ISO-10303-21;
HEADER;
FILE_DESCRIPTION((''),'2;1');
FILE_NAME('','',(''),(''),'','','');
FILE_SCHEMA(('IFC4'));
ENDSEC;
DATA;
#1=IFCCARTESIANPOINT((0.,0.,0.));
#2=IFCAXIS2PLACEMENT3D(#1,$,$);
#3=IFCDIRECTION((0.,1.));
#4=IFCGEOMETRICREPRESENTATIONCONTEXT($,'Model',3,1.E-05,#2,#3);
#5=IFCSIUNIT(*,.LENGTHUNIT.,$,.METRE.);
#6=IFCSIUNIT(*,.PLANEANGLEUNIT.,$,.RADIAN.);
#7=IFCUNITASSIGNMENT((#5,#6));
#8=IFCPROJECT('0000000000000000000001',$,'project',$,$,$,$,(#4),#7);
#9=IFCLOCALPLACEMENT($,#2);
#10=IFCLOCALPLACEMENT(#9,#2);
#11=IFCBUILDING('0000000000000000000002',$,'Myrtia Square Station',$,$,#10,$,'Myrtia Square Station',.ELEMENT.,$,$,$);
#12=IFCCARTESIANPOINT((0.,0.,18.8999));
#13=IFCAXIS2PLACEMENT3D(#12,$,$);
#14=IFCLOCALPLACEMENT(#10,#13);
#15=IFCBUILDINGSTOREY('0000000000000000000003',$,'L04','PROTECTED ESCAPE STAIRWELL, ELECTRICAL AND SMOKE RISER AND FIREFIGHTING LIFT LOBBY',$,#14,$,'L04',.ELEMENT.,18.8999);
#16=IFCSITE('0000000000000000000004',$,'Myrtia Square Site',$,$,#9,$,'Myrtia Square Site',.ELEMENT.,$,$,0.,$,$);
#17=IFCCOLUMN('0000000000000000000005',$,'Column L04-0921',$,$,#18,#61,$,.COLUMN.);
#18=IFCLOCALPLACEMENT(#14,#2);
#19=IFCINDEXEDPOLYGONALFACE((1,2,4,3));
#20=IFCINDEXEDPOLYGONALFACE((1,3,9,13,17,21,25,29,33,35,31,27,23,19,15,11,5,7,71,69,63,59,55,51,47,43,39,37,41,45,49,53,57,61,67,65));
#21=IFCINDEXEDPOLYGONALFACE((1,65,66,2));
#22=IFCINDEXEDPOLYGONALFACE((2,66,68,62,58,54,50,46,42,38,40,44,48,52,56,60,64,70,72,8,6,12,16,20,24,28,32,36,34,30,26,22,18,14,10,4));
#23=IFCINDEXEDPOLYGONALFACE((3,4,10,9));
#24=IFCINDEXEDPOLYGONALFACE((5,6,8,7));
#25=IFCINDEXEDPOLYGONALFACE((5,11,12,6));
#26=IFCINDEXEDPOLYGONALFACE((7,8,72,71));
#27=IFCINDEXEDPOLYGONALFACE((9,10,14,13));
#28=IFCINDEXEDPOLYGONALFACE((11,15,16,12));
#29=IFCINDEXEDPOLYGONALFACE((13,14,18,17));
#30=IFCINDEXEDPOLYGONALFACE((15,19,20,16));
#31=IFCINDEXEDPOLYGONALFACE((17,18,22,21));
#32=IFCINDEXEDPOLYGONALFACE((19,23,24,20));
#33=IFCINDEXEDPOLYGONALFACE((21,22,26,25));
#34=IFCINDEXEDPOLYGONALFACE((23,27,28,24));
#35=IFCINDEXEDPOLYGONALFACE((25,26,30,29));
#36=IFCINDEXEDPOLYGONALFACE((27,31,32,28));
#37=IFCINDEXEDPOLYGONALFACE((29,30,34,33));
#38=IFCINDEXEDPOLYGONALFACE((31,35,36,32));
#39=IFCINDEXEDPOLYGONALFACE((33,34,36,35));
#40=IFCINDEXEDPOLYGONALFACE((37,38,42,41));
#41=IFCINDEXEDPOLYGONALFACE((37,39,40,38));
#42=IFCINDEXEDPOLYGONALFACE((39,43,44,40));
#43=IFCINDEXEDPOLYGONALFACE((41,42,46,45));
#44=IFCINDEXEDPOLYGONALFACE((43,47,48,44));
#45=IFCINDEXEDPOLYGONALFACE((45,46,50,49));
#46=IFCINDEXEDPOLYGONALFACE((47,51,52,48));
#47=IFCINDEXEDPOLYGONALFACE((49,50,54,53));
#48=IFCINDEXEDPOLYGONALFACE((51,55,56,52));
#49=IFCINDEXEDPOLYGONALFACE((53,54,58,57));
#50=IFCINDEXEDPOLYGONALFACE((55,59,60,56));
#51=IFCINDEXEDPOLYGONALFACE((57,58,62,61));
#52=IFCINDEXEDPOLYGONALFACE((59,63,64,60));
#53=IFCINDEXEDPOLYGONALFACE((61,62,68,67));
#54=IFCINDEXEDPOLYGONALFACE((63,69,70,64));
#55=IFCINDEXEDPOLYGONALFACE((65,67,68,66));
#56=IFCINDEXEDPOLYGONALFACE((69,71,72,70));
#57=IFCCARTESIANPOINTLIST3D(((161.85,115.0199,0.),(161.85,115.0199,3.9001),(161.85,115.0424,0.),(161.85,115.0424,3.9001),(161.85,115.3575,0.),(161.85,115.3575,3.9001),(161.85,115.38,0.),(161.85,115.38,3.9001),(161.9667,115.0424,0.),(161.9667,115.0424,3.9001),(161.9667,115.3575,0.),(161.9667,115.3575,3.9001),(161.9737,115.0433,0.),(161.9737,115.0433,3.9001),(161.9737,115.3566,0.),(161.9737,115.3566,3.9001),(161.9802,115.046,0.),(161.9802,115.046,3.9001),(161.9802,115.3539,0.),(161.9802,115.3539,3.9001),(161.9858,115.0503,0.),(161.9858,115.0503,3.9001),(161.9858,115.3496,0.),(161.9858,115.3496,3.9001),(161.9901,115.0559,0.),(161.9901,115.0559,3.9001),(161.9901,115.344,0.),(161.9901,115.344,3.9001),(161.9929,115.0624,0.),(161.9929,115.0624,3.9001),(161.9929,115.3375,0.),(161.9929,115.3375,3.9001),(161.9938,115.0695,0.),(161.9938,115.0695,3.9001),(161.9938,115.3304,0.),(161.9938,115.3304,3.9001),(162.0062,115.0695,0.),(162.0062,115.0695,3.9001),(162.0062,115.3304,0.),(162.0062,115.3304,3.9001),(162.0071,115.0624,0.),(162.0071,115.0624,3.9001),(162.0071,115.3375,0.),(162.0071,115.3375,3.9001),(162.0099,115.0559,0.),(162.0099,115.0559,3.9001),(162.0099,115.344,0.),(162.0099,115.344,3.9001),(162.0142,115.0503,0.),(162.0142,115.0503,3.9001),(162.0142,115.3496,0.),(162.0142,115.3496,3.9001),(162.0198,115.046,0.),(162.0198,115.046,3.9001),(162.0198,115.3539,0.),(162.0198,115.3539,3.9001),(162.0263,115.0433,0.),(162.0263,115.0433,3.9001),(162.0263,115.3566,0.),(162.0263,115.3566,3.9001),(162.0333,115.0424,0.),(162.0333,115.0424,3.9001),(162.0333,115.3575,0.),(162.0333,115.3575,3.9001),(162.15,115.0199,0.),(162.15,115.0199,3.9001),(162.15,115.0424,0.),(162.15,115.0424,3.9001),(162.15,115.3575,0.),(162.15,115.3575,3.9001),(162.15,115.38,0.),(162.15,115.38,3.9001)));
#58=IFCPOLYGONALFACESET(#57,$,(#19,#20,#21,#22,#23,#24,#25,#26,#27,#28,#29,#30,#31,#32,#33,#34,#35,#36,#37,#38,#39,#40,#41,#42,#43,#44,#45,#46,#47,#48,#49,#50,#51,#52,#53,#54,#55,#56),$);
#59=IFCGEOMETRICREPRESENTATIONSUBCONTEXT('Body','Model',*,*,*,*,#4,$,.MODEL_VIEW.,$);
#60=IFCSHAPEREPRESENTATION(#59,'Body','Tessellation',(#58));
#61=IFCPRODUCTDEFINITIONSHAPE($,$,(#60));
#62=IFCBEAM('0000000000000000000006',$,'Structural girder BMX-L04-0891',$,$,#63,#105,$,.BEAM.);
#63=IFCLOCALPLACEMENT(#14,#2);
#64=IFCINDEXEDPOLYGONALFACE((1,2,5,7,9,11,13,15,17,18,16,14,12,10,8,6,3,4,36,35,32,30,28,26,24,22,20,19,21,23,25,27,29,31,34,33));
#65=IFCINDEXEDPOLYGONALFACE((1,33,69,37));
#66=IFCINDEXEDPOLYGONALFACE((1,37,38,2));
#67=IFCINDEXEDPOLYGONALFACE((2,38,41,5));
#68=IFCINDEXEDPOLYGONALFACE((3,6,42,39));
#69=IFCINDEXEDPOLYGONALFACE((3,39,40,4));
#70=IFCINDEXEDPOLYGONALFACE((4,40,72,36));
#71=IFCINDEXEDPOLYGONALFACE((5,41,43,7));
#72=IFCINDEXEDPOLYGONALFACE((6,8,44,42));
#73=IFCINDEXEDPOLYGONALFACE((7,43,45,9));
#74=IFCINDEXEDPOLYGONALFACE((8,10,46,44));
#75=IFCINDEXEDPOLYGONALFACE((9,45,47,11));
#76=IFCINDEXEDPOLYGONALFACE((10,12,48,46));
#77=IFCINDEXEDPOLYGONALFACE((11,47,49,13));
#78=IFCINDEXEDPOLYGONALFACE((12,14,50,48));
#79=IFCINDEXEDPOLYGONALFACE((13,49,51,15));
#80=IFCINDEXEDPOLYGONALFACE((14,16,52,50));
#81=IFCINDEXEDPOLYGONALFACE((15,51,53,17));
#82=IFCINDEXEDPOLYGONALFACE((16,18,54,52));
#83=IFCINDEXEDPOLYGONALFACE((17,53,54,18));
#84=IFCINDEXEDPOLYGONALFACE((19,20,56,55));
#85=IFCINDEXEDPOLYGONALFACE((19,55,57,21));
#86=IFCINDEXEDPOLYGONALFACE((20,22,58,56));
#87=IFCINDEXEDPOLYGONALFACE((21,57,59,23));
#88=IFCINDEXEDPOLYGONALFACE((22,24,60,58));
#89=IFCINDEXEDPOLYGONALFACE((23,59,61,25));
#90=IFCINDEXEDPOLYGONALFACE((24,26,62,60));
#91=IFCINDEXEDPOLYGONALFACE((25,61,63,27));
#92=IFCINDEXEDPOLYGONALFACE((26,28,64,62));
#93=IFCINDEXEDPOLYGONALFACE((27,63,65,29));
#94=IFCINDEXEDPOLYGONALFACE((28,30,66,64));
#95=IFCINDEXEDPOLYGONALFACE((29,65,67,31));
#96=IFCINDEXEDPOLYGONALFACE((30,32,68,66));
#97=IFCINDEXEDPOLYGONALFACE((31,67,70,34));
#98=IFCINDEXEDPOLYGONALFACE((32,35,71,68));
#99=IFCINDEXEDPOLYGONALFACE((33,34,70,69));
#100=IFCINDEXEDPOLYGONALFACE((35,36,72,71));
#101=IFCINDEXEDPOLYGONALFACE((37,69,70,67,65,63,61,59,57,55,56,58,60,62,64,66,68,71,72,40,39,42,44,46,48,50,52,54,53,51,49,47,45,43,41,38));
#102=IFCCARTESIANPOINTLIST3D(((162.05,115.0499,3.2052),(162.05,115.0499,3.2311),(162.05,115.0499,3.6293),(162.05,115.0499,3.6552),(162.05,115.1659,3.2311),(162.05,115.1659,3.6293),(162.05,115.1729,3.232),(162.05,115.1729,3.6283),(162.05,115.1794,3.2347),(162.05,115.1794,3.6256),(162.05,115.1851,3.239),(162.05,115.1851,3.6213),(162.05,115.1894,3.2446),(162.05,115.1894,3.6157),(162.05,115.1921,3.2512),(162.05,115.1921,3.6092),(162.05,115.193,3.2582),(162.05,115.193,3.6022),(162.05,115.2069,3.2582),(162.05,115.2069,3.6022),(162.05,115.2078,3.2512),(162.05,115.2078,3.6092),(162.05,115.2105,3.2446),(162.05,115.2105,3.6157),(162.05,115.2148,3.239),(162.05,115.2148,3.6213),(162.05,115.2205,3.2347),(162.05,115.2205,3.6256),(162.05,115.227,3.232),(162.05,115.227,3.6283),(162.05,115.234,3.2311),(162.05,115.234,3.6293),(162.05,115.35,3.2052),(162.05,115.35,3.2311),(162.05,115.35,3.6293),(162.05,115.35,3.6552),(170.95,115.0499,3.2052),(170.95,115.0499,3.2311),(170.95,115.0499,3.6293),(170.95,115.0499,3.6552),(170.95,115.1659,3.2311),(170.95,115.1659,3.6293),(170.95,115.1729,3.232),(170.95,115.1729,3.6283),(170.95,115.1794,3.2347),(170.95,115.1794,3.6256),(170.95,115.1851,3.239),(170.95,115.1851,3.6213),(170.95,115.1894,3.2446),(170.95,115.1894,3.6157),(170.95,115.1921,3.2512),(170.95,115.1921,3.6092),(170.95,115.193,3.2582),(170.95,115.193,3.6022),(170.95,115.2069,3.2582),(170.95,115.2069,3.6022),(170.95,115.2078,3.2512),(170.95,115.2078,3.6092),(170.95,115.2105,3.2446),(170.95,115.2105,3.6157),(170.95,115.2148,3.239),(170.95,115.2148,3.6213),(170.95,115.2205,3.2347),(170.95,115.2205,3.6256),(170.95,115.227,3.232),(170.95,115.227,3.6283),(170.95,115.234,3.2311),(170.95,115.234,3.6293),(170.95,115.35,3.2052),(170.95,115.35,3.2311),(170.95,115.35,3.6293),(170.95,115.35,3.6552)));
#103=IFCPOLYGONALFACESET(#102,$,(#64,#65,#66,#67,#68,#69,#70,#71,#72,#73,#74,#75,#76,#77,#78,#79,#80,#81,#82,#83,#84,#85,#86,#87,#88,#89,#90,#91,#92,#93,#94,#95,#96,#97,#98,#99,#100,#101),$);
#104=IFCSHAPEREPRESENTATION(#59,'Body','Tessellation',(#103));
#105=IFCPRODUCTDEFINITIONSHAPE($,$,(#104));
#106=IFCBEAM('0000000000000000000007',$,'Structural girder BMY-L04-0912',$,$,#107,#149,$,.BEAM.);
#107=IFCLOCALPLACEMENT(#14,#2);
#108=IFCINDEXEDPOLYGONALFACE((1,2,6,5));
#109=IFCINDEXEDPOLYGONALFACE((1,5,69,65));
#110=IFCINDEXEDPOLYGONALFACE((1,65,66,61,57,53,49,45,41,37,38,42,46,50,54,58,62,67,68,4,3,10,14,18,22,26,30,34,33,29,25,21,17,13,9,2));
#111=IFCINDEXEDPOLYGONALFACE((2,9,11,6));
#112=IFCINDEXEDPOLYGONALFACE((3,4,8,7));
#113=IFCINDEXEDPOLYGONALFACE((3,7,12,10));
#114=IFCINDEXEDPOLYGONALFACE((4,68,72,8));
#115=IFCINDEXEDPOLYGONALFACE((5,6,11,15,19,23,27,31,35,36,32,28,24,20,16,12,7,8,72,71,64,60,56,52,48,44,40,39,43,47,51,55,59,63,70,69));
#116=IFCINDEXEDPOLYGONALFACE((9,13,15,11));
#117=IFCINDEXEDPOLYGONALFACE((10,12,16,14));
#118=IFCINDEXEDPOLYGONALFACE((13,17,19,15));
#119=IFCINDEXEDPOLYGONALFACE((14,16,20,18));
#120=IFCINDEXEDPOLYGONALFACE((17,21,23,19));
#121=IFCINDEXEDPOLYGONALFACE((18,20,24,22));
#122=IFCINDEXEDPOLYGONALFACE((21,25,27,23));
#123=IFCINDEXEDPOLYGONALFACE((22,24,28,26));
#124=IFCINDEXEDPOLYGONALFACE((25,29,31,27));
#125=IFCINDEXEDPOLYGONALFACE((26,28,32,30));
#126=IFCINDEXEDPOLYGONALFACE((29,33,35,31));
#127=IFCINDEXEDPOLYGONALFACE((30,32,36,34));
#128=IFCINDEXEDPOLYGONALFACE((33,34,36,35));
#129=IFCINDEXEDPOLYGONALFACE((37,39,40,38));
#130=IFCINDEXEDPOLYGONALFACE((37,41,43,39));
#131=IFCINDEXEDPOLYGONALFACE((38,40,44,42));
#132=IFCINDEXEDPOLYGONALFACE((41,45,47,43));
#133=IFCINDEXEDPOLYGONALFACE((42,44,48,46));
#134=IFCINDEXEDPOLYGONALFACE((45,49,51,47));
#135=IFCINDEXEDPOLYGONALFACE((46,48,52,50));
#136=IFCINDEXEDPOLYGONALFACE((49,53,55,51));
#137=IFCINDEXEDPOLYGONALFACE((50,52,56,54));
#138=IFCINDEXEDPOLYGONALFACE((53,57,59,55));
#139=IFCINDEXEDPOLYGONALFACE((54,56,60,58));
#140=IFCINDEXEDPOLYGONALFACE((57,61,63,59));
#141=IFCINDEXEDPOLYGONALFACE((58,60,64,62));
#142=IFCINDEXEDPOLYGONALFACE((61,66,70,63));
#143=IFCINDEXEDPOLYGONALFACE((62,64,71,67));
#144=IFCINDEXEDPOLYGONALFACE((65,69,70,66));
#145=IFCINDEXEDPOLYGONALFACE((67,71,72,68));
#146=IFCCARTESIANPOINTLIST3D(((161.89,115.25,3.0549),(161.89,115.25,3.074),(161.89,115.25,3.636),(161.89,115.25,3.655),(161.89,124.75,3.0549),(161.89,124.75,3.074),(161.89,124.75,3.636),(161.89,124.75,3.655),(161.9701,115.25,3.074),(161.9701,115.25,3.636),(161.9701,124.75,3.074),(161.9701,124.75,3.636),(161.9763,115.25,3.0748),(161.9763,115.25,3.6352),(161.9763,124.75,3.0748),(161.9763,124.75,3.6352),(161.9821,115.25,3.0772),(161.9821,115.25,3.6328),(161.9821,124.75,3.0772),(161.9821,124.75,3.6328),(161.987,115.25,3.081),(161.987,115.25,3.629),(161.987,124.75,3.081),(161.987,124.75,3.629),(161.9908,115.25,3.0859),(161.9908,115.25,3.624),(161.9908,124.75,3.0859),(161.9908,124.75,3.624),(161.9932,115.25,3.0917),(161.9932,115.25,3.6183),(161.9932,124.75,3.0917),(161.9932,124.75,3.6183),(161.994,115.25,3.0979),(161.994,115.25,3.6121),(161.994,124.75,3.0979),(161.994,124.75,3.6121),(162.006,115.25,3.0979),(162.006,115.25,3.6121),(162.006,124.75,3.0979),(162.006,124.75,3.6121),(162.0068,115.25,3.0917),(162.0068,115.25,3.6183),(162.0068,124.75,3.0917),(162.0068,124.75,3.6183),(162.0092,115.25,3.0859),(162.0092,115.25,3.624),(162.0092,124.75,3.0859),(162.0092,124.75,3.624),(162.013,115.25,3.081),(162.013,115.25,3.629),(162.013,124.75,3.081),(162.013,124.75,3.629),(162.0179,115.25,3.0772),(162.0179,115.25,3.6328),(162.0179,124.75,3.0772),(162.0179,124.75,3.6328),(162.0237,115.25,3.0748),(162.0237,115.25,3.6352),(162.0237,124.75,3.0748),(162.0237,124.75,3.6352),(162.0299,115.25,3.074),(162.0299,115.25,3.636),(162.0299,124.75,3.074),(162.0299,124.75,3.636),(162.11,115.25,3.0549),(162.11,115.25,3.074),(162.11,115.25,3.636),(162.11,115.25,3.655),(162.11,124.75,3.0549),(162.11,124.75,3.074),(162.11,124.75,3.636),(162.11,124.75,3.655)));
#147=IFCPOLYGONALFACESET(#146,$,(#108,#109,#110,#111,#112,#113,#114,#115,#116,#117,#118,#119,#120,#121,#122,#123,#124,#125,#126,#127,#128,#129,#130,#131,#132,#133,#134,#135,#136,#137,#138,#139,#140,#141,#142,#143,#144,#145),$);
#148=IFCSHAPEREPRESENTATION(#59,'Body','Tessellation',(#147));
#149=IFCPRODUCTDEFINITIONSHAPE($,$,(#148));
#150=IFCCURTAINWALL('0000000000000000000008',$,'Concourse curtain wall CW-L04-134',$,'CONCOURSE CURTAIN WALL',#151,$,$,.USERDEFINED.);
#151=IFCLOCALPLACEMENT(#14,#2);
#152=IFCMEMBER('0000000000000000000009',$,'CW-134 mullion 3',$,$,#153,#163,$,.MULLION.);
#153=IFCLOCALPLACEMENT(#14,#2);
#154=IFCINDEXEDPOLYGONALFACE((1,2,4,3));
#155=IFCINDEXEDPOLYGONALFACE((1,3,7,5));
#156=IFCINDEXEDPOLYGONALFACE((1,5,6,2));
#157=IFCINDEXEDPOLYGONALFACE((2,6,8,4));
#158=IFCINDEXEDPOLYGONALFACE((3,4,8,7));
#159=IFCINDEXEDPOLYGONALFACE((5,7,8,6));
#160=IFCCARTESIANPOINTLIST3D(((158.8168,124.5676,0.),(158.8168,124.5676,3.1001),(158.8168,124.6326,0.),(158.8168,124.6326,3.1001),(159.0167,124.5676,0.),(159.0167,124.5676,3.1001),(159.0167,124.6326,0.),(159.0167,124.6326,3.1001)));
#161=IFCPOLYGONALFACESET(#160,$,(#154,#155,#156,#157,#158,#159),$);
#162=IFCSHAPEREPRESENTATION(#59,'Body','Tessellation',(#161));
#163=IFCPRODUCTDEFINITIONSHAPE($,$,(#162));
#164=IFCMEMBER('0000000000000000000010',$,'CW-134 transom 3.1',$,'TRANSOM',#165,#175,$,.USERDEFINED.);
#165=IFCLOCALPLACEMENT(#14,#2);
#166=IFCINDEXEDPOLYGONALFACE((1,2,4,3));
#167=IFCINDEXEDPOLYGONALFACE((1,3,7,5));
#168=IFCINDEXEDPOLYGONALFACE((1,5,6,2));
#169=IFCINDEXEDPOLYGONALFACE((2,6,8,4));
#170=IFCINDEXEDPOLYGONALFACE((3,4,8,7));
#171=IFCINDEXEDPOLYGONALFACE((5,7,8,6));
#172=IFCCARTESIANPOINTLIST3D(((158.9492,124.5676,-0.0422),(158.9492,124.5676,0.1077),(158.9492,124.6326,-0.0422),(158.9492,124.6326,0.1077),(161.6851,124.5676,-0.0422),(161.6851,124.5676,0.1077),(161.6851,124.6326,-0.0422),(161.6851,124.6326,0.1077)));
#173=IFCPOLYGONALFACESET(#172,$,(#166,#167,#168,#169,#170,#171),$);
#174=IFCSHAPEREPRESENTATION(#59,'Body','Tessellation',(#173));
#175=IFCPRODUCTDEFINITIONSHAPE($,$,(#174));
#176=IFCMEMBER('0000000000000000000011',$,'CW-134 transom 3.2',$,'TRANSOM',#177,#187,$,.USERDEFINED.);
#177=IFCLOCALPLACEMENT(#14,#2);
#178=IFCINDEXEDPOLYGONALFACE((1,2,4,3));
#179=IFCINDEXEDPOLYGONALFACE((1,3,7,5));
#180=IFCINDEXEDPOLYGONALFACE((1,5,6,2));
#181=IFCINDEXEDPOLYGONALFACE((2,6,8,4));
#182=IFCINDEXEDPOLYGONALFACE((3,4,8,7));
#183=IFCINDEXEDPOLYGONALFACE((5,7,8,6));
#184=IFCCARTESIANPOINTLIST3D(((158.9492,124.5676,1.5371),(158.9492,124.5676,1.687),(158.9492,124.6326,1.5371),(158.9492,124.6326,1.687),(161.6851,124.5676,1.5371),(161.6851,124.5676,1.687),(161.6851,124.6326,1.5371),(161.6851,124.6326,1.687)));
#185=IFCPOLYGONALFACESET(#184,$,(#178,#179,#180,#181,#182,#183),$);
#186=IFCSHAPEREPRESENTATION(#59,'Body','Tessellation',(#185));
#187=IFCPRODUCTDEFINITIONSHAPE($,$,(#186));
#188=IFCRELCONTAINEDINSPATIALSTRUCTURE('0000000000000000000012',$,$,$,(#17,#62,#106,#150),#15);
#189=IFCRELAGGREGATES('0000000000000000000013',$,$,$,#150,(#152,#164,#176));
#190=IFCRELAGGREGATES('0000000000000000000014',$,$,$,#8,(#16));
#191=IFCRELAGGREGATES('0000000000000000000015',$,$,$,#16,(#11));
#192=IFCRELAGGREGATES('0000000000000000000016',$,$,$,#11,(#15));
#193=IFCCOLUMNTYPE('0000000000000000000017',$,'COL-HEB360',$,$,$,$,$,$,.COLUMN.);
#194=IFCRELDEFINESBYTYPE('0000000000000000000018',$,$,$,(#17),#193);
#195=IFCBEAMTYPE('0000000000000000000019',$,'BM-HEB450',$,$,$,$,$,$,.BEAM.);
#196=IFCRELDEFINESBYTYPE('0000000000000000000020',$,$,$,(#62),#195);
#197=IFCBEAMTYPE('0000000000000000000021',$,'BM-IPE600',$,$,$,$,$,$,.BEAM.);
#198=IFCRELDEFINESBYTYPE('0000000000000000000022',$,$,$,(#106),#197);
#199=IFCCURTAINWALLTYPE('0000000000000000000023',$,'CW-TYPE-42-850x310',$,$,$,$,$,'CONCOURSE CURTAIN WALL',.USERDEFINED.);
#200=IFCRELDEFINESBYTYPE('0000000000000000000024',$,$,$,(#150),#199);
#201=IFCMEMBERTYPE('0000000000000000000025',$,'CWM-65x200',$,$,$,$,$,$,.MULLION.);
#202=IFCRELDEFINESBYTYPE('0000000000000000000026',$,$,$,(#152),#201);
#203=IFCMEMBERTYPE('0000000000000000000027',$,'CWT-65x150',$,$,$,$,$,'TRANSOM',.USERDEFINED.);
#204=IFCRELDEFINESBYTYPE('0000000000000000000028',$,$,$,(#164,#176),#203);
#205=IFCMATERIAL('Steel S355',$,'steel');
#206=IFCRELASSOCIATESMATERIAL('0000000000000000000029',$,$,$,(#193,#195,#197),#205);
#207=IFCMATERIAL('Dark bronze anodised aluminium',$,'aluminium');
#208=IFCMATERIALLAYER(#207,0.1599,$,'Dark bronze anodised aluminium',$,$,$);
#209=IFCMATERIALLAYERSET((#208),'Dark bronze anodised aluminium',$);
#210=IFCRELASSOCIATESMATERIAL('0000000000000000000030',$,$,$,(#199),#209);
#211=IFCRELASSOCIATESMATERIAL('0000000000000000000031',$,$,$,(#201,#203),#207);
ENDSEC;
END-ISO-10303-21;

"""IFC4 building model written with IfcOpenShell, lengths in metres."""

from ifc_helpers import new_model, si_unit, direction, frame, origin, origin_2d, place, context, subcontext, project, spatial, rectangle, i_section, extrude, material, layer, layer_set, material_profile, profile_set, type_object, element, aggregate, save


model = new_model("IFC4")

# Units and contexts
model_context = context("Model", 3, precision=1e-05, world=origin(), true_north=direction((0.0, 1.0)))
body_context = subcontext(model_context, "Body", "Model", "MODEL_VIEW")
ifc_project = project(units=[si_unit("LENGTHUNIT", "METRE"), si_unit("PLANEANGLEUNIT", "RADIAN")], contexts=[model_context])

# Site, building, storey
site_placement = place(None, origin())
site = spatial("IfcSite", under=ifc_project, at=site_placement, Name="Myrtia Square Site", LongName="Myrtia Square Site", CompositionType="ELEMENT", RefElevation=0.0)
building_placement = place(site_placement, origin())
building = spatial("IfcBuilding", under=site, at=building_placement, Name="Myrtia Square Station", LongName="Myrtia Square Station", CompositionType="ELEMENT")
storey_placement = place(building_placement, frame((0.0, 0.0, 18.8999)))
storey = spatial("IfcBuildingStorey", under=building, at=storey_placement, Name="L04", Description="PROTECTED ESCAPE STAIRWELL, ELECTRICAL AND SMOKE RISER AND FIREFIGHTING LIFT LOBBY", LongName="L04", CompositionType="ELEMENT", Elevation=18.8999)

# Column
ifc_material_1 = material(Name="Steel S355", Category="steel")
ifc_material_profile_1 = material_profile(ifc_material_1, i_section(OverallWidth=0.3, OverallDepth=0.3601, WebThickness=0.0125, FlangeThickness=0.0225, FilletRadius=0.0271, at=origin_2d()), Name="HEB 360")
ifc_profile_set_1 = profile_set([ifc_material_profile_1], Name="Steel S355")
column_type = type_object("IfcColumnType", Name="COL-HEB360", PredefinedType="COLUMN", material=ifc_profile_set_1)
column_placement = place(storey_placement, frame((162.0, 115.2, 0.0), z_axis=(0.0, 0.0, 1.0), x_axis=(1.0, 0.0, 0.0)))
element("IfcColumn", 1, at=column_placement, inside=storey, type_object=column_type, Name="Column L04-0921", PredefinedType="COLUMN", context=body_context, shape_type="SweptSolid", body=[
    extrude(i_section(OverallWidth=0.3, OverallDepth=0.3601, WebThickness=0.0125, FlangeThickness=0.0225, FilletRadius=0.0271, at=origin_2d()), origin(), (0.0, 0.0, 1.0), 3.9001),
])

# Beams
ifc_material_profile_2 = material_profile(ifc_material_1, i_section(OverallWidth=0.3, OverallDepth=0.45, WebThickness=0.0139, FlangeThickness=0.0259, FilletRadius=0.0271, at=origin_2d()), Name="HEB 450")
ifc_profile_set_2 = profile_set([ifc_material_profile_2], Name="Steel S355")
beam_type_1 = type_object("IfcBeamType", Name="BM-HEB450", PredefinedType="BEAM", material=ifc_profile_set_2)
beam_1_placement = place(storey_placement, frame((162.05, 115.2, 3.4302), z_axis=(1.0, 0.0, 0.0), x_axis=(0.0, 1.0, 0.0)))
element("IfcBeam", 2, at=beam_1_placement, inside=storey, type_object=beam_type_1, Name="Structural girder BMX-L04-0891", PredefinedType="BEAM", context=body_context, shape_type="SweptSolid", body=[
    extrude(i_section(OverallWidth=0.3, OverallDepth=0.45, WebThickness=0.0139, FlangeThickness=0.0259, FilletRadius=0.0271, at=origin_2d()), origin(), (0.0, 0.0, 1.0), 8.8999),
])
ifc_material_profile_3 = material_profile(ifc_material_1, i_section(OverallWidth=0.22, OverallDepth=0.6001, WebThickness=0.012, FlangeThickness=0.019, FilletRadius=0.0239, at=origin_2d()), Name="IPE 600")
ifc_profile_set_3 = profile_set([ifc_material_profile_3], Name="Steel S355")
beam_type_2 = type_object("IfcBeamType", Name="BM-IPE600", PredefinedType="BEAM", material=ifc_profile_set_3)
beam_2_placement = place(storey_placement, frame((162.0, 115.25, 3.355), z_axis=(0.0, 1.0, 0.0), x_axis=(-1.0, 0.0, 0.0)))
element("IfcBeam", 3, at=beam_2_placement, inside=storey, type_object=beam_type_2, Name="Structural girder BMY-L04-0912", PredefinedType="BEAM", context=body_context, shape_type="SweptSolid", body=[
    extrude(i_section(OverallWidth=0.22, OverallDepth=0.6001, WebThickness=0.012, FlangeThickness=0.019, FilletRadius=0.0239, at=origin_2d()), origin(), (0.0, 0.0, 1.0), 9.5),
])

# Curtain wall, members
ifc_material_2 = material(Name="Dark bronze anodised aluminium", Category="aluminium")
ifc_layer_1 = layer(ifc_material_2, 0.1599, Name="Dark bronze anodised aluminium")
ifc_layer_set_1 = layer_set([ifc_layer_1], Name="Dark bronze anodised aluminium")
curtain_wall_type = type_object("IfcCurtainWallType", Name="CW-TYPE-42-850x310", ElementType="CONCOURSE CURTAIN WALL", PredefinedType="USERDEFINED", material=ifc_layer_set_1)
curtain_wall_placement = place(storey_placement, origin())
curtain_wall = element("IfcCurtainWall", 4, at=curtain_wall_placement, inside=storey, type_object=curtain_wall_type, Name="Concourse curtain wall CW-L04-134", ObjectType="CONCOURSE CURTAIN WALL", PredefinedType="USERDEFINED")
ifc_material_profile_4 = material_profile(ifc_material_2, rectangle(XDim=0.0649, YDim=0.2, at=origin_2d()), Name="ALU-M 65x200")
ifc_profile_set_4 = profile_set([ifc_material_profile_4], Name="Dark bronze anodised aluminium")
member_type_1 = type_object("IfcMemberType", Name="CWM-65x200", PredefinedType="MULLION", material=ifc_profile_set_4)
member_1_placement = place(storey_placement, frame((158.9167, 124.6001, 0.0), z_axis=(0.0, 0.0, 1.0), x_axis=(0.0, 1.0, 0.0)))
member_1 = element("IfcMember", 5, at=member_1_placement, type_object=member_type_1, Name="CW-134 mullion 3", PredefinedType="MULLION", context=body_context, shape_type="SweptSolid", body=[
    extrude(rectangle(XDim=0.0649, YDim=0.2, at=origin_2d()), origin(), (0.0, 0.0, 1.0), 3.1001),
])
ifc_material_profile_5 = material_profile(ifc_material_2, rectangle(XDim=0.0649, YDim=0.1499, at=origin_2d()), Name="ALU-T 65x150")
ifc_profile_set_5 = profile_set([ifc_material_profile_5], Name="Dark bronze anodised aluminium")
member_type_2 = type_object("IfcMemberType", Name="CWT-65x150", ElementType="TRANSOM", PredefinedType="USERDEFINED", material=ifc_profile_set_5)
member_2_placement = place(storey_placement, frame((158.9492, 124.6001, 0.0327), z_axis=(1.0, 0.0, 0.0), x_axis=(0.0, 1.0, 0.0)))
member_2 = element("IfcMember", 6, at=member_2_placement, type_object=member_type_2, Name="CW-134 transom 3.1", ObjectType="TRANSOM", PredefinedType="USERDEFINED", context=body_context, shape_type="SweptSolid", body=[
    extrude(rectangle(XDim=0.0649, YDim=0.1499, at=origin_2d()), origin(), (0.0, 0.0, 1.0), 2.7358),
])
member_3_placement = place(storey_placement, frame((158.9492, 124.6001, 1.6121), z_axis=(1.0, 0.0, 0.0), x_axis=(0.0, 1.0, 0.0)))
member_3 = element("IfcMember", 7, at=member_3_placement, type_object=member_type_2, Name="CW-134 transom 3.2", ObjectType="TRANSOM", PredefinedType="USERDEFINED", context=body_context, shape_type="SweptSolid", body=[
    extrude(rectangle(XDim=0.0649, YDim=0.1499, at=origin_2d()), origin(), (0.0, 0.0, 1.0), 2.7358),
])
aggregate(curtain_wall, [member_1, member_2, member_3])

save(model, "model.ifc")
